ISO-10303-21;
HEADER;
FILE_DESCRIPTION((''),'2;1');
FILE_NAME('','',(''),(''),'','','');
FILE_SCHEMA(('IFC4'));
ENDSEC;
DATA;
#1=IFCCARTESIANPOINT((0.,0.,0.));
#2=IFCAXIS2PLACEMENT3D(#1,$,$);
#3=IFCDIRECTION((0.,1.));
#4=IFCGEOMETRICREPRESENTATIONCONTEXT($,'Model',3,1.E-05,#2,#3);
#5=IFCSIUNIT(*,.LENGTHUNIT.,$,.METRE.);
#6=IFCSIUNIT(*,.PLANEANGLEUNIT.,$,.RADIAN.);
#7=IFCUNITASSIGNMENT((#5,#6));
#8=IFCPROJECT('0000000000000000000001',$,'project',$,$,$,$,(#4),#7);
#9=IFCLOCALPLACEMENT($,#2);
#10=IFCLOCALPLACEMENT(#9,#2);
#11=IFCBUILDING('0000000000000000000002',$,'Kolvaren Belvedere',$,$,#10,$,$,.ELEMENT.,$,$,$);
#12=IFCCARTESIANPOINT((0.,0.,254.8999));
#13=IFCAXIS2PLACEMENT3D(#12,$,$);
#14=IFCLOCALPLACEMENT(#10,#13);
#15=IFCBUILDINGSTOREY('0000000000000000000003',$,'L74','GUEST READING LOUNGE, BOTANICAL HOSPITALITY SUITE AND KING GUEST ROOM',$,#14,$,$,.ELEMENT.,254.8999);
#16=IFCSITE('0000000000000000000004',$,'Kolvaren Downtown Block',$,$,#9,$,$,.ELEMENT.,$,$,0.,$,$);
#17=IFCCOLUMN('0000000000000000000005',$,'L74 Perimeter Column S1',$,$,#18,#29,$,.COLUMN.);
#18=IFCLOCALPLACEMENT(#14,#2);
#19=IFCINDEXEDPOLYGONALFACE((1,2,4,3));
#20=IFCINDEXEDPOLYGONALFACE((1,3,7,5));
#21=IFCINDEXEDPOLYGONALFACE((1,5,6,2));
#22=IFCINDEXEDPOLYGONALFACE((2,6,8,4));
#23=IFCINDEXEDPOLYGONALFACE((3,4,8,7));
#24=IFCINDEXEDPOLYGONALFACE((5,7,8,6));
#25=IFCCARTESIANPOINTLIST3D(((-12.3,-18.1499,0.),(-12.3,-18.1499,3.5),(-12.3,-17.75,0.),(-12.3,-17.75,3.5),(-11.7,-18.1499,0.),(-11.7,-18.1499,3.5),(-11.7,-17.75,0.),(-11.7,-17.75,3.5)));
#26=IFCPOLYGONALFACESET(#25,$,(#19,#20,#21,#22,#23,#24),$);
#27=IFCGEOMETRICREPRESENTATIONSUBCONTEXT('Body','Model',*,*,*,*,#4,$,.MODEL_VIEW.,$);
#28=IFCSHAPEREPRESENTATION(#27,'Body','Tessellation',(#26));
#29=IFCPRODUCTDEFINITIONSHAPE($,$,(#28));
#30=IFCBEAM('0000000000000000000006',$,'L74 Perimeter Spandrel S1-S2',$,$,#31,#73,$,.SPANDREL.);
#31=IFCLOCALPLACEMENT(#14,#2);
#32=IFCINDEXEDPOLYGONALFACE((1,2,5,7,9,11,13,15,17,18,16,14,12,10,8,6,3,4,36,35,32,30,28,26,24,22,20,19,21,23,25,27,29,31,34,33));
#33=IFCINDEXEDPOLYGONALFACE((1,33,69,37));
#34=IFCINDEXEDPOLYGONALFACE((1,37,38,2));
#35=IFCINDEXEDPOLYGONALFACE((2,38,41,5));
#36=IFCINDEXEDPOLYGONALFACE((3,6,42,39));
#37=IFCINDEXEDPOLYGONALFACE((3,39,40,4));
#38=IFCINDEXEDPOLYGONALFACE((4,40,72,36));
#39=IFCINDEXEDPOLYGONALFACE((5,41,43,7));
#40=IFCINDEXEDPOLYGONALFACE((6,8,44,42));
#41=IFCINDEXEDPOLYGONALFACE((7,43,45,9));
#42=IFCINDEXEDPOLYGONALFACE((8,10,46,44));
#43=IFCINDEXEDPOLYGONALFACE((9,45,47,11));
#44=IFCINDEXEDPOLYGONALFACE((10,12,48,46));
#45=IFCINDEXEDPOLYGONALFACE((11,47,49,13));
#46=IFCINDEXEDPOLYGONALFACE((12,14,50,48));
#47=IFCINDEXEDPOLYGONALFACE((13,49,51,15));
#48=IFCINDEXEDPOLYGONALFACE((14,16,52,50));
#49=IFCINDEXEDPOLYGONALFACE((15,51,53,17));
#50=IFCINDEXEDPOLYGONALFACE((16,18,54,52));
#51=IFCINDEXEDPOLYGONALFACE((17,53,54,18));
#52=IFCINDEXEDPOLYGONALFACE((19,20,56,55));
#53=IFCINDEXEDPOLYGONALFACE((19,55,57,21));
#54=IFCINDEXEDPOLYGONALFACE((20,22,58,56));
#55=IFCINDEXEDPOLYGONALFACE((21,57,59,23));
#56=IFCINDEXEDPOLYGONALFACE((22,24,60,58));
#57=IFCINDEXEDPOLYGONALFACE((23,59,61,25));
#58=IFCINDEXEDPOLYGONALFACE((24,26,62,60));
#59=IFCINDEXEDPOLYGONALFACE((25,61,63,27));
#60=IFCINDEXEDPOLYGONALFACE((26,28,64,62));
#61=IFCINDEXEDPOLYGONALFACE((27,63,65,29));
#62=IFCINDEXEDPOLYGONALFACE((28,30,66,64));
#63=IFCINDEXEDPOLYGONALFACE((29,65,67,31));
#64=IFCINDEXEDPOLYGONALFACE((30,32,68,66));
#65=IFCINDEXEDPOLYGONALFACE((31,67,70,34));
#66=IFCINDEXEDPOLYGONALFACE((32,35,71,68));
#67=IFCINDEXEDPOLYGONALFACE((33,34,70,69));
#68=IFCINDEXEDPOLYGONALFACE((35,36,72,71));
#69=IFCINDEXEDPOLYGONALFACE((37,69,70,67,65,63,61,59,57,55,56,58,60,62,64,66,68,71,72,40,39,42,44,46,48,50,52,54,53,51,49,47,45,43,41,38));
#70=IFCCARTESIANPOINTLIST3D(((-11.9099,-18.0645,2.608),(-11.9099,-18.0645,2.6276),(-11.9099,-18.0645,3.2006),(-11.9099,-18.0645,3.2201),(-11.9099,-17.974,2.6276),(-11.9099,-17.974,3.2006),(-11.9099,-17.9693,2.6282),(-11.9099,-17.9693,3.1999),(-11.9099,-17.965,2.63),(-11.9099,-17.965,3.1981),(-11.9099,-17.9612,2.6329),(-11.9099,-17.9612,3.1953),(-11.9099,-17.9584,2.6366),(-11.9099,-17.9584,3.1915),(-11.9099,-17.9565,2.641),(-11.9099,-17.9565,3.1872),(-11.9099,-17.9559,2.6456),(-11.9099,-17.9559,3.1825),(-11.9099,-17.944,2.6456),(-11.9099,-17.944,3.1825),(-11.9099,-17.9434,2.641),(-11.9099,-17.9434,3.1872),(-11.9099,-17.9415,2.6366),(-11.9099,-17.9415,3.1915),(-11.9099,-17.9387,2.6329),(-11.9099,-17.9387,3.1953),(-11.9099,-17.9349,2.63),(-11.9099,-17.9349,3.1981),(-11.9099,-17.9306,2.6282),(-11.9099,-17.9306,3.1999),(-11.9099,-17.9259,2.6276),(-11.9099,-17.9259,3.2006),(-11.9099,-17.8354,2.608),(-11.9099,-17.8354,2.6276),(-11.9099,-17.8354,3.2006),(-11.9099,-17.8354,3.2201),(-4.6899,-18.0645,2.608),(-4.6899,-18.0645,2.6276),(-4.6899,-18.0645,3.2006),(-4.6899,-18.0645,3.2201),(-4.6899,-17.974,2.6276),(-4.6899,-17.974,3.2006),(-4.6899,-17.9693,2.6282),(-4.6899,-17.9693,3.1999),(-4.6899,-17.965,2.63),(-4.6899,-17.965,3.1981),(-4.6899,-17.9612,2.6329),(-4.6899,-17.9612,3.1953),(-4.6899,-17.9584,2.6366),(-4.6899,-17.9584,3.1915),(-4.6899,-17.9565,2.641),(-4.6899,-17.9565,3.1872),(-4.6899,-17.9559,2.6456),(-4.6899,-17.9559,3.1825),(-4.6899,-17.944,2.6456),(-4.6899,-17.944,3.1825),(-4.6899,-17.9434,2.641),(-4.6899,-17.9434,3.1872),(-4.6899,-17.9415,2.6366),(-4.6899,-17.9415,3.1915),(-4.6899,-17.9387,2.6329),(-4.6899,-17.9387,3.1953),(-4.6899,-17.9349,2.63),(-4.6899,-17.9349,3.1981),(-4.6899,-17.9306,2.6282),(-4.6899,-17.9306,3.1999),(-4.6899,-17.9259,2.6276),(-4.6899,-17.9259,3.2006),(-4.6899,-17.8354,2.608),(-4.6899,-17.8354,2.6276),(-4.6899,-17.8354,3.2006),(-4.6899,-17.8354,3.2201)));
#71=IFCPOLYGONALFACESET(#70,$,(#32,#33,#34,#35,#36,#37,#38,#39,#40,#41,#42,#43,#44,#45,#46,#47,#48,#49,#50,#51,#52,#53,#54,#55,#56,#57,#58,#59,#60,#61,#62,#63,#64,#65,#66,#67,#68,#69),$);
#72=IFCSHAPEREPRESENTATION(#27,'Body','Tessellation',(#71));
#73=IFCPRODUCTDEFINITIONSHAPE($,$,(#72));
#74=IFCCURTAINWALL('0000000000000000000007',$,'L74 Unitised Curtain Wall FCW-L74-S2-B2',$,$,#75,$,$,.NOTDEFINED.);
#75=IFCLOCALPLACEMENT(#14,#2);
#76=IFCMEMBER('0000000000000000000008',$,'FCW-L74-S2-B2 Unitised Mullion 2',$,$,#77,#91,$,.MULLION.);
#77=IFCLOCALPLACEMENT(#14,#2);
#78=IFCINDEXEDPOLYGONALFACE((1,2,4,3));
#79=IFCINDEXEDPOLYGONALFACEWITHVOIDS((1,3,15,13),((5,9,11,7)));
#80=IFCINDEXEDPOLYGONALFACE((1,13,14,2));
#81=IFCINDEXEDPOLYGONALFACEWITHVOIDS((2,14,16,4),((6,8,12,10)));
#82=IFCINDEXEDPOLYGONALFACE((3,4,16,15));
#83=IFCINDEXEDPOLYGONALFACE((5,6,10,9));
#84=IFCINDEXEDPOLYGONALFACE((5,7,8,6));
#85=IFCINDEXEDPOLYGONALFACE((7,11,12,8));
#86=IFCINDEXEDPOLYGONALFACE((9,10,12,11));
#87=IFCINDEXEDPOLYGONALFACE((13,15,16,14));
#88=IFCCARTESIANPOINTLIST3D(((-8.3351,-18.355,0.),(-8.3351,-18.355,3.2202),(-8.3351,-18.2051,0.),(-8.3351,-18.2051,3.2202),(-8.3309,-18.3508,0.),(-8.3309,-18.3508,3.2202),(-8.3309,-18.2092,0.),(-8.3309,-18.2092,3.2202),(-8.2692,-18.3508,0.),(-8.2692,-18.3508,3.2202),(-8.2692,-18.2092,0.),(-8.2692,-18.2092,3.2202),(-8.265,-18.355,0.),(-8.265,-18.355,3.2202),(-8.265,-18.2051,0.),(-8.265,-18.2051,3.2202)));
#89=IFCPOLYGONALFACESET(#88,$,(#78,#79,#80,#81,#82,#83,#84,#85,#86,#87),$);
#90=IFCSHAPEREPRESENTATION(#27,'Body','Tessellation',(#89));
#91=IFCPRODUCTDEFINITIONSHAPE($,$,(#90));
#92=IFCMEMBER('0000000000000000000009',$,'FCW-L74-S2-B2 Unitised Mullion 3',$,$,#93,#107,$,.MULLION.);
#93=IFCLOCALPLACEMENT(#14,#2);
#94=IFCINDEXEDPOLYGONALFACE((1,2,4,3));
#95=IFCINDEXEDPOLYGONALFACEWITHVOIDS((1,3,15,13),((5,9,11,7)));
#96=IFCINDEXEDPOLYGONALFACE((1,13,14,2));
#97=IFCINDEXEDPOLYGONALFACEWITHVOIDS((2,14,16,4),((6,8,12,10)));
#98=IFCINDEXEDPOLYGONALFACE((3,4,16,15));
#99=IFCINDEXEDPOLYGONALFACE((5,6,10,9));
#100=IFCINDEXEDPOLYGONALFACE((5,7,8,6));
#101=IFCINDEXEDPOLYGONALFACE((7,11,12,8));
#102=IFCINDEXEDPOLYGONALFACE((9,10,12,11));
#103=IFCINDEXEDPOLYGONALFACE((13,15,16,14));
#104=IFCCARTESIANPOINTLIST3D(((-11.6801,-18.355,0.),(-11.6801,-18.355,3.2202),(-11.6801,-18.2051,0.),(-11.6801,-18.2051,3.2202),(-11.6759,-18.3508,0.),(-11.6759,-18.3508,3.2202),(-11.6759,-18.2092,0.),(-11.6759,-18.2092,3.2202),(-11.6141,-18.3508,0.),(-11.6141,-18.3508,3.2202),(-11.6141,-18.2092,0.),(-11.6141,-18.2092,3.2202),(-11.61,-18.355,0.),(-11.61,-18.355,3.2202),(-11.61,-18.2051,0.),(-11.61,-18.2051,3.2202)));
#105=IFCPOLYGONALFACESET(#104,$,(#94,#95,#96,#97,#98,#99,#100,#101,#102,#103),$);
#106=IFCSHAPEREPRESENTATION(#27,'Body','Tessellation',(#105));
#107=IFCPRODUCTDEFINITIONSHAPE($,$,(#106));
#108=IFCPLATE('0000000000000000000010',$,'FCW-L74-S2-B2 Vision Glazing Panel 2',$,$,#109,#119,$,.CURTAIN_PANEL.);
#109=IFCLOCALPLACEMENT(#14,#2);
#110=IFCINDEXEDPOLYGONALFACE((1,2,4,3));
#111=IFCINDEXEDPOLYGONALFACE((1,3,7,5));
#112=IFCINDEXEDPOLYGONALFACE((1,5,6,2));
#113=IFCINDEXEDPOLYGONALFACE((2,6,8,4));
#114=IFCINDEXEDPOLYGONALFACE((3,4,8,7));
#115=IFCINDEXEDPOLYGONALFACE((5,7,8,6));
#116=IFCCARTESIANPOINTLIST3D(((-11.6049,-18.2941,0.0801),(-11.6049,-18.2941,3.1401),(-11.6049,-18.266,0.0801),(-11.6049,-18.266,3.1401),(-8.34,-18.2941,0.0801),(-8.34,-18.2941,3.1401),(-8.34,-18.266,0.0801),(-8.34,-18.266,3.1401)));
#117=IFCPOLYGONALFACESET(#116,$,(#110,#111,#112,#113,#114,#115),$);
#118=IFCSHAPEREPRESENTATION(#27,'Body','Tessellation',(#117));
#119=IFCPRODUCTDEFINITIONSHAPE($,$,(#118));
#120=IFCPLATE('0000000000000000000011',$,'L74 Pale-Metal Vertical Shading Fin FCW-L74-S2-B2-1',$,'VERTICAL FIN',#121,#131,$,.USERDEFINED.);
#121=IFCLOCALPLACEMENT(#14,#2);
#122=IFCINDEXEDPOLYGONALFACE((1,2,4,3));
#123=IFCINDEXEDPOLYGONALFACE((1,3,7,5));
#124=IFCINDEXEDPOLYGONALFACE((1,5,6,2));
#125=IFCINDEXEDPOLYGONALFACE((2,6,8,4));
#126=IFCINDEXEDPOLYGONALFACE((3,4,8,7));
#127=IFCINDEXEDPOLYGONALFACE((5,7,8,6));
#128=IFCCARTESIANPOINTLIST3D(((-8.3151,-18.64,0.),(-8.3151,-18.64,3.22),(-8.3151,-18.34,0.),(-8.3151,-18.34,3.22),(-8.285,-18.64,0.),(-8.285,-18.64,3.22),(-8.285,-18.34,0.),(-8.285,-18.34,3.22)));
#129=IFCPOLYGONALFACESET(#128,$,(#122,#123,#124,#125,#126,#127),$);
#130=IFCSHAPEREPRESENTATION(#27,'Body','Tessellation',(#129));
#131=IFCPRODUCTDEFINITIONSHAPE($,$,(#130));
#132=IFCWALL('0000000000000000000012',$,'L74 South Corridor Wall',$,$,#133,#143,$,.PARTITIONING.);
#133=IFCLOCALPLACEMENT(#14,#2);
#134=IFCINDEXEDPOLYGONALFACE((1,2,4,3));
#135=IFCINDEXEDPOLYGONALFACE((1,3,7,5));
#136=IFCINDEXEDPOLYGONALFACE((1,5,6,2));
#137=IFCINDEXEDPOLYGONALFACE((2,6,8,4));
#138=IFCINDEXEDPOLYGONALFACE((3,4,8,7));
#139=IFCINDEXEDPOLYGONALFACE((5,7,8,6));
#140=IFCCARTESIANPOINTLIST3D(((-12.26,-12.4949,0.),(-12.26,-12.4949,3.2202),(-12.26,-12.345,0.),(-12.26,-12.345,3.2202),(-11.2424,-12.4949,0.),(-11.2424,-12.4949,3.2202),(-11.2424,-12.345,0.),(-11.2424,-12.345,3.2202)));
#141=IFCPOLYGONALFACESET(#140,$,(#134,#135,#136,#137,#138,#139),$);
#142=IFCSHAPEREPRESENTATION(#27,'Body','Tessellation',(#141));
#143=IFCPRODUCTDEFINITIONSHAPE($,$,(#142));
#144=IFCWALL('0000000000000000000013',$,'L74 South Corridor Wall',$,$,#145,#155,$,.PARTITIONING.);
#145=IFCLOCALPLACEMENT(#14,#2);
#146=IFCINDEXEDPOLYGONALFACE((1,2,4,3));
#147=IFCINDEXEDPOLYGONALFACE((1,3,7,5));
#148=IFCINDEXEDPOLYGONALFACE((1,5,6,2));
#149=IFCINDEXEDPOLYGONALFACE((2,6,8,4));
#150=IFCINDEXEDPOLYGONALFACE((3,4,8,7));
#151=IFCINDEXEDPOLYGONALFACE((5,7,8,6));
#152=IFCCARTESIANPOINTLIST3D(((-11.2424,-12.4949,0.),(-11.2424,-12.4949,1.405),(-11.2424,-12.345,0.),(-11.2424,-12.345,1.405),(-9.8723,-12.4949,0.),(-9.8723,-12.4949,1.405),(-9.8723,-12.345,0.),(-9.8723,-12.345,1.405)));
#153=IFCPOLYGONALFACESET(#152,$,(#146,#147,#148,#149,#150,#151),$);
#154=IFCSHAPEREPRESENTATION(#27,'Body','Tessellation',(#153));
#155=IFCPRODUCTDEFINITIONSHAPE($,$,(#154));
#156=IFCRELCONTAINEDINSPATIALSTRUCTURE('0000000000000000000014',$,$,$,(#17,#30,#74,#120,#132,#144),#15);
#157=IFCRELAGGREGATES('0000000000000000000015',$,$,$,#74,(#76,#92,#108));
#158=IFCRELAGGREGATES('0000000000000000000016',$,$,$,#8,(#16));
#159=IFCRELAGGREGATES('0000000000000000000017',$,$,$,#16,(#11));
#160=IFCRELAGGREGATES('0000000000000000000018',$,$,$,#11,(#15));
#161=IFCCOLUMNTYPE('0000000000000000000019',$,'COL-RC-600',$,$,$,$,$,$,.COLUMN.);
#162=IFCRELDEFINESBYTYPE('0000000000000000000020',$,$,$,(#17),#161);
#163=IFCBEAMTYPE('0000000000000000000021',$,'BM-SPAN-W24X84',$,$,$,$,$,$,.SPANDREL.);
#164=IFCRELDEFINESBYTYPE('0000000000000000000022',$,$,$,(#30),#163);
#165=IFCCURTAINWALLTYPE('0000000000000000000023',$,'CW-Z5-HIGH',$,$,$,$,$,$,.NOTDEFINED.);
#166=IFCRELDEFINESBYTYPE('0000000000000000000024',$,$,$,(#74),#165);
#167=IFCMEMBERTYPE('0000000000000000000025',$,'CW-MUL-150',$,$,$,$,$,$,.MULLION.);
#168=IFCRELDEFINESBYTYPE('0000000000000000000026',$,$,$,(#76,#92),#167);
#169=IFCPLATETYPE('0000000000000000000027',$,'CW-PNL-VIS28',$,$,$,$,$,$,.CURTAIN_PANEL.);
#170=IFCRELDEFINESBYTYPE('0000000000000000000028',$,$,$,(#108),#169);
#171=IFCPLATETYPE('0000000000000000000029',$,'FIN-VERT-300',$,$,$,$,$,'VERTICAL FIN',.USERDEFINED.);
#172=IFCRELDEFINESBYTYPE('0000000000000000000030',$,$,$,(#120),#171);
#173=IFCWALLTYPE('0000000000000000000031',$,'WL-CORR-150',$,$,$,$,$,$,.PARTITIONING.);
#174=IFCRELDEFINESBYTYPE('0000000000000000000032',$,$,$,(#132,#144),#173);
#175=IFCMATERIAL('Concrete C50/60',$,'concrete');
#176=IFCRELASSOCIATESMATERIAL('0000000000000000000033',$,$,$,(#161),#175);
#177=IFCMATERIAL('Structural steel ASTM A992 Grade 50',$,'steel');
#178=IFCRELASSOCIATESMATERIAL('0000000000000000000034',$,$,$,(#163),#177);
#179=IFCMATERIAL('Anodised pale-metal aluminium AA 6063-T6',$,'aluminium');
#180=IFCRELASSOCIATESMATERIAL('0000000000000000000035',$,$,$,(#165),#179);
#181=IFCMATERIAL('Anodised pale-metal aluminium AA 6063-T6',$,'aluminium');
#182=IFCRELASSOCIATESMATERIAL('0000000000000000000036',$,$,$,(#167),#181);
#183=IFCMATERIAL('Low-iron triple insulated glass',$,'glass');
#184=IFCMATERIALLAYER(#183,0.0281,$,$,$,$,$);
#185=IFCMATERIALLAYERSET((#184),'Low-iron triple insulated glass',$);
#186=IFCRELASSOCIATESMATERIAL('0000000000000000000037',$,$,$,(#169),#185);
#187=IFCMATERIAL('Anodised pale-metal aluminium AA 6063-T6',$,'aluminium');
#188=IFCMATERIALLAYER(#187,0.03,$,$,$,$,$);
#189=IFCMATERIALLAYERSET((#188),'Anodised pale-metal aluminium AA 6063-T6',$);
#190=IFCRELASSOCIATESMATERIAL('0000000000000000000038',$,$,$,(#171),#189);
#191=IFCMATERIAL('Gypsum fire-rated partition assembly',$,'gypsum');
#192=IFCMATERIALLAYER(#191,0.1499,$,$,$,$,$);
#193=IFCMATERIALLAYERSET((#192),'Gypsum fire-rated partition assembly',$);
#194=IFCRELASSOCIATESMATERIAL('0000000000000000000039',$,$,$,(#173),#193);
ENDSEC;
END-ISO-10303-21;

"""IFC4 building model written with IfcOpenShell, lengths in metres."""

from ifc_helpers import new_model, si_unit, direction, frame, frame_2d, origin, origin_2d, place, context, subcontext, project, spatial, rectangle, hollow_rectangle, i_section, extrude, material, layer, layer_set, material_profile, profile_set, type_object, element, aggregate, save


model = new_model("IFC4")

# Units and contexts
model_context = context("Model", 3, precision=1e-05, world=origin(), true_north=direction((0.0, 1.0)))
body_context = subcontext(model_context, "Body", "Model", "MODEL_VIEW")
ifc_project = project(units=[si_unit("LENGTHUNIT", "METRE"), si_unit("PLANEANGLEUNIT", "RADIAN")], contexts=[model_context])

# Site, building, storey
site_placement = place(None, origin())
site = spatial("IfcSite", under=ifc_project, at=site_placement, Name="Kolvaren Downtown Block", CompositionType="ELEMENT", RefElevation=0.0)
building_placement = place(site_placement, origin())
building = spatial("IfcBuilding", under=site, at=building_placement, Name="Kolvaren Belvedere", CompositionType="ELEMENT")
storey_placement = place(building_placement, frame((0.0, 0.0, 254.8999)))
storey = spatial("IfcBuildingStorey", under=building, at=storey_placement, Name="L74", Description="GUEST READING LOUNGE, BOTANICAL HOSPITALITY SUITE AND KING GUEST ROOM", CompositionType="ELEMENT", Elevation=254.8999)

# Column
ifc_material_1 = material(Name="Concrete C50/60", Category="concrete")
ifc_material_profile_1 = material_profile(ifc_material_1, rectangle(XDim=0.6001, YDim=0.3999, at=origin_2d()), Name="RC 600X400")
ifc_profile_set_1 = profile_set([ifc_material_profile_1], Name="Concrete C50/60")
column_type = type_object("IfcColumnType", Name="COL-RC-600", PredefinedType="COLUMN", material=ifc_profile_set_1)
column_placement = place(storey_placement, frame((-12.0, -17.95, 0.0), z_axis=(0.0, 0.0, 1.0), x_axis=(1.0, 0.0, 0.0)))
element("IfcColumn", 1, at=column_placement, inside=storey, type_object=column_type, Name="L74 Perimeter Column S1", PredefinedType="COLUMN", context=body_context, shape_type="SweptSolid", body=[
    extrude(rectangle(XDim=0.6001, YDim=0.3999, at=origin_2d()), origin(), (0.0, 0.0, 1.0), 3.5),
])

# Beam
ifc_material_2 = material(Name="Structural steel ASTM A992 Grade 50", Category="steel")
ifc_material_profile_2 = material_profile(ifc_material_2, i_section(OverallWidth=0.229, OverallDepth=0.6121, WebThickness=0.012, FlangeThickness=0.0195, FilletRadius=0.0181, at=origin_2d()), Name="W24X84")
ifc_profile_set_2 = profile_set([ifc_material_profile_2], Name="Structural steel ASTM A992 Grade 50")
beam_type = type_object("IfcBeamType", Name="BM-SPAN-W24X84", PredefinedType="SPANDREL", material=ifc_profile_set_2)
beam_placement = place(storey_placement, frame((-11.9099, -17.95, 2.9141), z_axis=(1.0, 0.0, 0.0), x_axis=(0.0, 1.0, 0.0)))
element("IfcBeam", 2, at=beam_placement, inside=storey, type_object=beam_type, Name="L74 Perimeter Spandrel S1-S2", PredefinedType="SPANDREL", context=body_context, shape_type="SweptSolid", body=[
    extrude(i_section(OverallWidth=0.229, OverallDepth=0.6121, WebThickness=0.012, FlangeThickness=0.0195, FilletRadius=0.0181, at=origin_2d()), origin(), (0.0, 0.0, 1.0), 7.22),
])

# Curtain wall, members, plate
ifc_material_3 = material(Name="Anodised pale-metal aluminium AA 6063-T6", Category="aluminium")
curtain_wall_type = type_object("IfcCurtainWallType", Name="CW-Z5-HIGH", PredefinedType="NOTDEFINED", material=ifc_material_3)
curtain_wall_placement = place(storey_placement, origin())
curtain_wall = element("IfcCurtainWall", 3, at=curtain_wall_placement, inside=storey, type_object=curtain_wall_type, Name="L74 Unitised Curtain Wall FCW-L74-S2-B2", PredefinedType="NOTDEFINED")
ifc_material_4 = material(Name="Anodised pale-metal aluminium AA 6063-T6", Category="aluminium")
ifc_material_profile_3 = material_profile(ifc_material_4, hollow_rectangle(XDim=0.0701, YDim=0.1499, WallThickness=0.0042, at=origin_2d()), Name="ALU-MUL-150X70")
ifc_profile_set_3 = profile_set([ifc_material_profile_3], Name="Anodised pale-metal aluminium AA 6063-T6")
member_type = type_object("IfcMemberType", Name="CW-MUL-150", PredefinedType="MULLION", material=ifc_profile_set_3)
member_1_placement = place(storey_placement, frame((-8.3, -18.28, 0.0), z_axis=(0.0, 0.0, 1.0), x_axis=(1.0, 0.0, 0.0)))
member_1 = element("IfcMember", 4, at=member_1_placement, type_object=member_type, Name="FCW-L74-S2-B2 Unitised Mullion 2", PredefinedType="MULLION", context=body_context, shape_type="SweptSolid", body=[
    extrude(hollow_rectangle(XDim=0.0701, YDim=0.1499, WallThickness=0.0042, at=origin_2d()), origin(), (0.0, 0.0, 1.0), 3.2202),
])
member_2_placement = place(storey_placement, frame((-11.645, -18.28, 0.0), z_axis=(0.0, 0.0, 1.0), x_axis=(1.0, 0.0, 0.0)))
member_2 = element("IfcMember", 5, at=member_2_placement, type_object=member_type, Name="FCW-L74-S2-B2 Unitised Mullion 3", PredefinedType="MULLION", context=body_context, shape_type="SweptSolid", body=[
    extrude(hollow_rectangle(XDim=0.0701, YDim=0.1499, WallThickness=0.0042, at=origin_2d()), origin(), (0.0, 0.0, 1.0), 3.2202),
])
ifc_material_5 = material(Name="Low-iron triple insulated glass", Category="glass")
ifc_layer_1 = layer(ifc_material_5, 0.0281)
ifc_layer_set_1 = layer_set([ifc_layer_1], Name="Low-iron triple insulated glass")
plate_type_1 = type_object("IfcPlateType", Name="CW-PNL-VIS28", PredefinedType="CURTAIN_PANEL", material=ifc_layer_set_1)
plate_1_placement = place(storey_placement, frame((-9.9724, -18.28, 0.0801), z_axis=(0.0, 0.0, 1.0), x_axis=(-1.0, 0.0, 0.0)))
plate_1 = element("IfcPlate", 6, at=plate_1_placement, type_object=plate_type_1, Name="FCW-L74-S2-B2 Vision Glazing Panel 2", PredefinedType="CURTAIN_PANEL", context=body_context, shape_type="SweptSolid", body=[
    extrude(rectangle(XDim=3.2649, YDim=0.0281, at=origin_2d()), origin(), (0.0, 0.0, 1.0), 3.0601),
])
aggregate(curtain_wall, [member_1, member_2, plate_1])

# Plate
ifc_material_6 = material(Name="Anodised pale-metal aluminium AA 6063-T6", Category="aluminium")
ifc_layer_2 = layer(ifc_material_6, 0.03)
ifc_layer_set_2 = layer_set([ifc_layer_2], Name="Anodised pale-metal aluminium AA 6063-T6")
plate_type_2 = type_object("IfcPlateType", Name="FIN-VERT-300", ElementType="VERTICAL FIN", PredefinedType="USERDEFINED", material=ifc_layer_set_2)
plate_2_placement = place(storey_placement, frame((-8.3, -18.49, 0.0), z_axis=(0.0, 0.0, 1.0), x_axis=(0.0, 1.0, 0.0)))
element("IfcPlate", 7, at=plate_2_placement, inside=storey, type_object=plate_type_2, Name="L74 Pale-Metal Vertical Shading Fin FCW-L74-S2-B2-1", ObjectType="VERTICAL FIN", PredefinedType="USERDEFINED", context=body_context, shape_type="SweptSolid", body=[
    extrude(rectangle(XDim=0.3, YDim=0.03, at=origin_2d()), origin(), (0.0, 0.0, 1.0), 3.22),
])

# Walls
ifc_material_7 = material(Name="Gypsum fire-rated partition assembly", Category="gypsum")
ifc_layer_3 = layer(ifc_material_7, 0.1499)
ifc_layer_set_3 = layer_set([ifc_layer_3], Name="Gypsum fire-rated partition assembly")
wall_type_1 = type_object("IfcWallType", Name="WL-CORR-150", PredefinedType="PARTITIONING", material=ifc_layer_set_3)
wall_1_placement = place(storey_placement, frame((-12.26, -12.4199, 0.0), z_axis=(0.0, 0.0, 1.0), x_axis=(1.0, 0.0, 0.0)))
element("IfcWall", 8, at=wall_1_placement, inside=storey, type_object=wall_type_1, Name="L74 South Corridor Wall", PredefinedType="PARTITIONING", context=body_context, shape_type="SweptSolid", body=[
    extrude(rectangle(XDim=1.0176, YDim=0.1499, at=frame_2d((0.5088, 0.0))), origin(), (0.0, 0.0, 1.0), 3.2202),
])
wall_2_placement = place(storey_placement, frame((-11.2424, -12.4199, 0.0), z_axis=(0.0, 0.0, 1.0), x_axis=(1.0, 0.0, 0.0)))
element("IfcWall", 9, at=wall_2_placement, inside=storey, type_object=wall_type_1, Name="L74 South Corridor Wall", PredefinedType="PARTITIONING", context=body_context, shape_type="SweptSolid", body=[
    extrude(rectangle(XDim=1.3701, YDim=0.1499, at=frame_2d((0.6851, 0.0))), origin(), (0.0, 0.0, 1.0), 1.405),
])

save(model, "model.ifc")
